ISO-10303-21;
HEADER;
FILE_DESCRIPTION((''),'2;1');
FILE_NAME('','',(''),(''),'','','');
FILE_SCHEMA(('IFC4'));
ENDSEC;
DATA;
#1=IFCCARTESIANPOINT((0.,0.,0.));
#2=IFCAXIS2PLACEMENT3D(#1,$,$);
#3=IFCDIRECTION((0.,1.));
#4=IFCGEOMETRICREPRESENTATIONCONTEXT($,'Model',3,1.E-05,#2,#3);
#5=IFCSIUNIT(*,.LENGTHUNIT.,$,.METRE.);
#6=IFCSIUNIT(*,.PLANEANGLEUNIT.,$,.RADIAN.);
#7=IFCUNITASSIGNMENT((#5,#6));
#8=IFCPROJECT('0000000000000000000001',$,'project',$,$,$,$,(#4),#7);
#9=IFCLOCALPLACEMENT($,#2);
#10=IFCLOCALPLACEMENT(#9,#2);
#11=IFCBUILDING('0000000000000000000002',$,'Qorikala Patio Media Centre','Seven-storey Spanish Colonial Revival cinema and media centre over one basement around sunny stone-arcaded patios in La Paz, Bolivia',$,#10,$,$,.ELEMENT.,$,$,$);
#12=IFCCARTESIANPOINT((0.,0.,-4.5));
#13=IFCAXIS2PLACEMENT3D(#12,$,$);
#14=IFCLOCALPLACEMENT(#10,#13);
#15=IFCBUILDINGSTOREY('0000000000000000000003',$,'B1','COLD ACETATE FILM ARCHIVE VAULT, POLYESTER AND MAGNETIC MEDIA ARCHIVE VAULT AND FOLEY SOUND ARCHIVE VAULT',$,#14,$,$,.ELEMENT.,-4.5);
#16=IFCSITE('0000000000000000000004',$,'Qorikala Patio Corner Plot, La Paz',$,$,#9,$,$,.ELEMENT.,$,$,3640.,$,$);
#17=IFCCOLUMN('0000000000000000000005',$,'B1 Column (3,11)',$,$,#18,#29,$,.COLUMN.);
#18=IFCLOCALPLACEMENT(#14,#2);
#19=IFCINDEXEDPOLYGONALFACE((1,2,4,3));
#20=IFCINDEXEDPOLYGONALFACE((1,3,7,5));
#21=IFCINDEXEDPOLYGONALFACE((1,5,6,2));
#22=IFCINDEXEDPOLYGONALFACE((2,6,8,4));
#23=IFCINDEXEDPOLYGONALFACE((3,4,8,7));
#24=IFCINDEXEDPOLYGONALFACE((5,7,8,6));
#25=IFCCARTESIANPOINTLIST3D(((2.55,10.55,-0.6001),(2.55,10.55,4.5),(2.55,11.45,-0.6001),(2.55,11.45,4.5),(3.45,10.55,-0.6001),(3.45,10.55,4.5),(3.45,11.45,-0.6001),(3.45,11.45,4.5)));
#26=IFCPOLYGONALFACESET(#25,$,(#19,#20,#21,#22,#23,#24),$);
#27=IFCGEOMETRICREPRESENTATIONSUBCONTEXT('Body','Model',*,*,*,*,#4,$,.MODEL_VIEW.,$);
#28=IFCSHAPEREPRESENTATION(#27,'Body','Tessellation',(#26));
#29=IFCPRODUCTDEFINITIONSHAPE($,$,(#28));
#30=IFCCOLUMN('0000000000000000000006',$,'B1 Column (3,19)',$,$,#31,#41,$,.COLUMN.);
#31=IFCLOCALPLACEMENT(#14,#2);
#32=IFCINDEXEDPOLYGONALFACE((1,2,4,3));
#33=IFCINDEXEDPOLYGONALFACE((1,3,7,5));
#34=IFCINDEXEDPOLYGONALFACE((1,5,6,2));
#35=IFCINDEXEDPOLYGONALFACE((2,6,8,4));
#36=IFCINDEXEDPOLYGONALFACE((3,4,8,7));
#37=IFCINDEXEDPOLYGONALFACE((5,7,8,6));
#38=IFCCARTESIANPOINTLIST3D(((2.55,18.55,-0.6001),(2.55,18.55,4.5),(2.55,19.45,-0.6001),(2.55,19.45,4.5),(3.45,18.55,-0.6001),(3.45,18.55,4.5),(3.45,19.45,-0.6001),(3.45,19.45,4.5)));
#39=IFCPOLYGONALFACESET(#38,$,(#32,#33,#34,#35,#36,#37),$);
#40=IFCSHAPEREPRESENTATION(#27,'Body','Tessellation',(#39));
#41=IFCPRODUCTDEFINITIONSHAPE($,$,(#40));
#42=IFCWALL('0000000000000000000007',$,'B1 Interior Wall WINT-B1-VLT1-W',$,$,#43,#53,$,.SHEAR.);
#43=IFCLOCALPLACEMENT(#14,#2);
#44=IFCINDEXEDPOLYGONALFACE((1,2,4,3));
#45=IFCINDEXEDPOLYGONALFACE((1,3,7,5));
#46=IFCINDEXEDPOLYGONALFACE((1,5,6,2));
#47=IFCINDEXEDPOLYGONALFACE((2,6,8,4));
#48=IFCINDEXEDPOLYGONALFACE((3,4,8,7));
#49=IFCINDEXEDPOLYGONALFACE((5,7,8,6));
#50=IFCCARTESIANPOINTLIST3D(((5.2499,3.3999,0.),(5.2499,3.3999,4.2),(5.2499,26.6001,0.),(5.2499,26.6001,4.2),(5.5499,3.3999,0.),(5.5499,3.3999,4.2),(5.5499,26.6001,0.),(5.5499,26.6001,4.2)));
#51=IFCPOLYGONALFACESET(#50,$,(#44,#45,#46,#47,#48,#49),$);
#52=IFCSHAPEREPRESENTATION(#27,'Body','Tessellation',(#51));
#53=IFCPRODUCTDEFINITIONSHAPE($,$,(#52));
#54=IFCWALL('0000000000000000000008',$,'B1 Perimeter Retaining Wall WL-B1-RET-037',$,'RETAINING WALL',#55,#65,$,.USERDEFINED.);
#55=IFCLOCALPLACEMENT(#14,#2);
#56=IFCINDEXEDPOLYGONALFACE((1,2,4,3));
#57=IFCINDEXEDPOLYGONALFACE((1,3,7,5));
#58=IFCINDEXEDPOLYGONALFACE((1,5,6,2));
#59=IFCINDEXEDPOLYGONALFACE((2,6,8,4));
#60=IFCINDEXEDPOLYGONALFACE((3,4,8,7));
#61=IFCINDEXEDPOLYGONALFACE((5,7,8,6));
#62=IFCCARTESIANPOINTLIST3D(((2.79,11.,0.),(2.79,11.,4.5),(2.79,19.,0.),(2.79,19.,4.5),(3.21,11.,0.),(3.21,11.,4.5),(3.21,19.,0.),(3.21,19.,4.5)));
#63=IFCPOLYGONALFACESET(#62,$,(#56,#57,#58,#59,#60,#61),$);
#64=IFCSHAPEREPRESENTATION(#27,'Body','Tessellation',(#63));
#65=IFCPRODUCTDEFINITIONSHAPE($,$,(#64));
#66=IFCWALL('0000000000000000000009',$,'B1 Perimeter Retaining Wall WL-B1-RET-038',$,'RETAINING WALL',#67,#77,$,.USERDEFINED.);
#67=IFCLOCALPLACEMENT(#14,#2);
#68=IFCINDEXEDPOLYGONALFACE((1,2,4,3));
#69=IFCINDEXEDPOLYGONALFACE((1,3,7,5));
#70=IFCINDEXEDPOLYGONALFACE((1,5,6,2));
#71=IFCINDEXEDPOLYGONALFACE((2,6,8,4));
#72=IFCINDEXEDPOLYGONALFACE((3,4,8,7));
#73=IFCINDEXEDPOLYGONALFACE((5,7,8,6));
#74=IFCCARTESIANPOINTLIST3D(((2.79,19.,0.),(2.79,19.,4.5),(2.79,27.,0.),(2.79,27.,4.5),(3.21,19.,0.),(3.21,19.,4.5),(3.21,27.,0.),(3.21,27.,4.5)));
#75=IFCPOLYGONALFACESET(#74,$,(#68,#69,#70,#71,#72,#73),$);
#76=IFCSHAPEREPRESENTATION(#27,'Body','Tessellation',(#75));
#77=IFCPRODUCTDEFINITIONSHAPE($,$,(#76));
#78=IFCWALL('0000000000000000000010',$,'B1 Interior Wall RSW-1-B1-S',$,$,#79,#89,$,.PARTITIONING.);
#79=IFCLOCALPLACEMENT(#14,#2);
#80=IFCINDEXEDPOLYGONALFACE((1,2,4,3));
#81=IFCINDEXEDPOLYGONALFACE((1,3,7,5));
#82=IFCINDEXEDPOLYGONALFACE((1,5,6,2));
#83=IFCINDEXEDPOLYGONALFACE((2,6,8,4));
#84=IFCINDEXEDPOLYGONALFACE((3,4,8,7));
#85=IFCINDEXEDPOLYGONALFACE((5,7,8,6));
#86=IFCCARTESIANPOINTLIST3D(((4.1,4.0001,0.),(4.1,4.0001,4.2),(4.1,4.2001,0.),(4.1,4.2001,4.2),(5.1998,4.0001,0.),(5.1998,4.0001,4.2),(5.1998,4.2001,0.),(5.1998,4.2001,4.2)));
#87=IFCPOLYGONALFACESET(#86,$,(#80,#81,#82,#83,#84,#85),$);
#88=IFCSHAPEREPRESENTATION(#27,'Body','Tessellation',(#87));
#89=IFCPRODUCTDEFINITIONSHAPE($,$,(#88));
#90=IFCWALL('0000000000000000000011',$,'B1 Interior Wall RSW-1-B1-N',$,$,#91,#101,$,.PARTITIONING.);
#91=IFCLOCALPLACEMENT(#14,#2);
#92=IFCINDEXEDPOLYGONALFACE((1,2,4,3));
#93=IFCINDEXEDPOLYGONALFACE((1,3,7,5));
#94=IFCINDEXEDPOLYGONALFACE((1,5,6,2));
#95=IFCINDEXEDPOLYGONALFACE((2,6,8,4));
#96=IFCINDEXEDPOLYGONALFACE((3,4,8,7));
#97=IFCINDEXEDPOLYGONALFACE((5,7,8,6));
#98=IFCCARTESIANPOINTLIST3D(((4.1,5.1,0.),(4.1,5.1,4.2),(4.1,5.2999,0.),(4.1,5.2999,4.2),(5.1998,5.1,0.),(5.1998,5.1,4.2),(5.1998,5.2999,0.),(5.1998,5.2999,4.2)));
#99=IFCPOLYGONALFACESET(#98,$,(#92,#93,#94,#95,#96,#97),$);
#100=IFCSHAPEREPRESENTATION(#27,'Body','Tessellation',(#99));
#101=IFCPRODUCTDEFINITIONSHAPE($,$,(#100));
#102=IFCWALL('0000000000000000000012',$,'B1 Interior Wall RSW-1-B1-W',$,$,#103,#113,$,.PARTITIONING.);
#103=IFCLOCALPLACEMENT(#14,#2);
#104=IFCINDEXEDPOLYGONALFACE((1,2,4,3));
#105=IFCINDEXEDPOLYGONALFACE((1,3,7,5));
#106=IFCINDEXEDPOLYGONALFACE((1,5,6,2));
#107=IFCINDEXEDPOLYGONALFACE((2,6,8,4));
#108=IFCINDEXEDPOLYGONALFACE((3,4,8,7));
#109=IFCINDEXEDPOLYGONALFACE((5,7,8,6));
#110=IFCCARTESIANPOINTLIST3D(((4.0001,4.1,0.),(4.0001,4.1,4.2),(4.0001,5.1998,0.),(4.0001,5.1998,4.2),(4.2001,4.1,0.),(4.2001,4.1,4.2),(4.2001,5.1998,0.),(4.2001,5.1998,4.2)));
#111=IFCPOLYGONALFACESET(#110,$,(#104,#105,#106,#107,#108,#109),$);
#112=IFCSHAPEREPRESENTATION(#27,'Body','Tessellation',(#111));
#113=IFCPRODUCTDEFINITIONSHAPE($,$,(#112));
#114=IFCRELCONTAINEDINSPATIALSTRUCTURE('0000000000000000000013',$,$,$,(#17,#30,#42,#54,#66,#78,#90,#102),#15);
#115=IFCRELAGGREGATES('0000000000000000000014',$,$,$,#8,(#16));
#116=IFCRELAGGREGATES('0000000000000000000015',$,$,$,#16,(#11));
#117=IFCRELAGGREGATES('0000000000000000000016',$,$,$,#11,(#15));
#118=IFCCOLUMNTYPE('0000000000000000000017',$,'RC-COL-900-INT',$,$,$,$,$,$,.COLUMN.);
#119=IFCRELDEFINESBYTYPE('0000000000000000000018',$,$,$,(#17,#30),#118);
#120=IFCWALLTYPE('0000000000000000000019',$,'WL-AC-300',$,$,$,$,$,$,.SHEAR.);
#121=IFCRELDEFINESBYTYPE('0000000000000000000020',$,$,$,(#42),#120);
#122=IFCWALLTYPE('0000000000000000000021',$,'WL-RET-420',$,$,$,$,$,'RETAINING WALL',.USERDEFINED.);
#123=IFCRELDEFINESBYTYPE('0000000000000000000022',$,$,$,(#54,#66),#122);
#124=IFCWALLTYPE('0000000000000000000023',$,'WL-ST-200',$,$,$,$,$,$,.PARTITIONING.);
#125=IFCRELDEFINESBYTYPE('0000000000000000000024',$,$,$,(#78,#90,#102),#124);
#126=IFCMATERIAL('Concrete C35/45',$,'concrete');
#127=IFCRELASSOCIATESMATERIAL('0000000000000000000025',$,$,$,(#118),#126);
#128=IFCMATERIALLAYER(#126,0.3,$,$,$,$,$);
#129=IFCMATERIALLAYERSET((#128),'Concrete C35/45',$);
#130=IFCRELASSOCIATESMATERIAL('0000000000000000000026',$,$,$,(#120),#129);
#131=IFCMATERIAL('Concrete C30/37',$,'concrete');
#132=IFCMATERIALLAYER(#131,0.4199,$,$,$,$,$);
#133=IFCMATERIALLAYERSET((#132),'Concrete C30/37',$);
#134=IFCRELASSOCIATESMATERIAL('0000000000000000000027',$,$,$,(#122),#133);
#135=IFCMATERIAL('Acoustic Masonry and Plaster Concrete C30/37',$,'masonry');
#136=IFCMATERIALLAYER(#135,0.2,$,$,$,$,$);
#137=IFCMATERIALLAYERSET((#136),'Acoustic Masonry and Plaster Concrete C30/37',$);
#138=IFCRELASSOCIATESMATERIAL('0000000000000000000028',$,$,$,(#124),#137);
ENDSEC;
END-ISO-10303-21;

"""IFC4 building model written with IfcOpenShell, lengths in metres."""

from ifc_helpers import new_model, si_unit, direction, frame, frame_2d, origin, origin_2d, place, context, subcontext, project, spatial, rectangle, extrude, material, layer, layer_set, material_profile, profile_set, type_object, element, save


model = new_model("IFC4")

# Units and contexts
model_context = context("Model", 3, precision=1e-05, world=origin(), true_north=direction((0.0, 1.0)))
body_context = subcontext(model_context, "Body", "Model", "MODEL_VIEW")
ifc_project = project(units=[si_unit("LENGTHUNIT", "METRE"), si_unit("PLANEANGLEUNIT", "RADIAN")], contexts=[model_context])

# Site, building, storey
site_placement = place(None, origin())
site = spatial("IfcSite", under=ifc_project, at=site_placement, Name="Qorikala Patio Corner Plot, La Paz", CompositionType="ELEMENT", RefElevation=3640.0)
building_placement = place(site_placement, origin())
building = spatial("IfcBuilding", under=site, at=building_placement, Name="Qorikala Patio Media Centre", Description="Seven-storey Spanish Colonial Revival cinema and media centre over one basement around sunny stone-arcaded patios in La Paz, Bolivia", CompositionType="ELEMENT")
storey_placement = place(building_placement, frame((0.0, 0.0, -4.5)))
storey = spatial("IfcBuildingStorey", under=building, at=storey_placement, Name="B1", Description="COLD ACETATE FILM ARCHIVE VAULT, POLYESTER AND MAGNETIC MEDIA ARCHIVE VAULT AND FOLEY SOUND ARCHIVE VAULT", CompositionType="ELEMENT", Elevation=-4.5)

# Shared definitions
ifc_material_1 = material(Name="Concrete C30/37", Category="concrete")

# Columns
ifc_material_2 = material(Name="Concrete C35/45", Category="concrete")
ifc_material_profile_1 = material_profile(ifc_material_2, rectangle(XDim=0.8999, YDim=0.8999, at=origin_2d()), Name="RC 900x900")
ifc_profile_set_1 = profile_set([ifc_material_profile_1], Name="Concrete C35/45")
column_type = type_object("IfcColumnType", Name="RC-COL-900-INT", PredefinedType="COLUMN", material=ifc_profile_set_1)
for number, where, z_axis, x_axis, name in (
    (1, (3.0, 11.0, -0.6001), (0.0, 0.0, 1.0), (1.0, 0.0, 0.0), "B1 Column (3,11)"),
    (2, (3.0, 19.0, -0.6001), (0.0, 0.0, 1.0), (1.0, 0.0, 0.0), "B1 Column (3,19)"),
):
    element("IfcColumn", number, at=place(storey_placement, frame(where, z_axis=z_axis, x_axis=x_axis)), inside=storey, type_object=column_type, Name=name, PredefinedType="COLUMN", context=body_context, shape_type="SweptSolid", body=[
        extrude(rectangle(XDim=0.8999, YDim=0.8999, at=origin_2d()), origin(), (0.0, 0.0, 1.0), 5.1001),
    ])

# Walls
ifc_layer_1 = layer(ifc_material_2, 0.3)
ifc_layer_set_1 = layer_set([ifc_layer_1], Name="Concrete C35/45")
wall_type_1 = type_object("IfcWallType", Name="WL-AC-300", PredefinedType="SHEAR", material=ifc_layer_set_1)
wall_placement = place(storey_placement, frame((5.3999, 3.3999, 0.0), z_axis=(0.0, 0.0, 1.0), x_axis=(0.0, 1.0, 0.0)))
element("IfcWall", 3, at=wall_placement, inside=storey, type_object=wall_type_1, Name="B1 Interior Wall WINT-B1-VLT1-W", PredefinedType="SHEAR", context=body_context, shape_type="SweptSolid", body=[
    extrude(rectangle(XDim=23.2002, YDim=0.3, at=frame_2d((11.6001, 0.0))), origin(), (0.0, 0.0, 1.0), 4.2),
])
ifc_layer_2 = layer(ifc_material_1, 0.4199)
ifc_layer_set_2 = layer_set([ifc_layer_2], Name="Concrete C30/37")
wall_type_2 = type_object("IfcWallType", Name="WL-RET-420", ElementType="RETAINING WALL", PredefinedType="USERDEFINED", material=ifc_layer_set_2)
for number, where, z_axis, x_axis, name in (
    (4, (3.0, 11.0, 0.0), (0.0, 0.0, 1.0), (0.0, 1.0, 0.0), "B1 Perimeter Retaining Wall WL-B1-RET-037"),
    (5, (3.0, 19.0, 0.0), (0.0, 0.0, 1.0), (0.0, 1.0, 0.0), "B1 Perimeter Retaining Wall WL-B1-RET-038"),
):
    element("IfcWall", number, at=place(storey_placement, frame(where, z_axis=z_axis, x_axis=x_axis)), inside=storey, type_object=wall_type_2, Name=name, ObjectType="RETAINING WALL", PredefinedType="USERDEFINED", context=body_context, shape_type="SweptSolid", body=[
        extrude(rectangle(XDim=8.0, YDim=0.4199, at=frame_2d((4.0, 0.0))), origin(), (0.0, 0.0, 1.0), 4.5),
    ])
ifc_material_3 = material(Name="Acoustic Masonry and Plaster Concrete C30/37", Category="masonry")
ifc_layer_3 = layer(ifc_material_3, 0.2)
ifc_layer_set_3 = layer_set([ifc_layer_3], Name="Acoustic Masonry and Plaster Concrete C30/37")
wall_type_3 = type_object("IfcWallType", Name="WL-ST-200", PredefinedType="PARTITIONING", material=ifc_layer_set_3)
for number, where, z_axis, x_axis, name in (
    (6, (4.1001, 4.1001, 0.0), (0.0, 0.0, 1.0), (1.0, 0.0, 0.0), "B1 Interior Wall RSW-1-B1-S"),
    (7, (4.1001, 5.2, 0.0), (0.0, 0.0, 1.0), (1.0, 0.0, 0.0), "B1 Interior Wall RSW-1-B1-N"),
    (8, (4.1001, 4.1001, 0.0), (0.0, 0.0, 1.0), (0.0, 1.0, 0.0), "B1 Interior Wall RSW-1-B1-W"),
):
    element("IfcWall", number, at=place(storey_placement, frame(where, z_axis=z_axis, x_axis=x_axis)), inside=storey, type_object=wall_type_3, Name=name, PredefinedType="PARTITIONING", context=body_context, shape_type="SweptSolid", body=[
        extrude(rectangle(XDim=1.0999, YDim=0.2, at=frame_2d((0.5498, 0.0))), origin(), (0.0, 0.0, 1.0), 4.2),
    ])

save(model, "model.ifc")
